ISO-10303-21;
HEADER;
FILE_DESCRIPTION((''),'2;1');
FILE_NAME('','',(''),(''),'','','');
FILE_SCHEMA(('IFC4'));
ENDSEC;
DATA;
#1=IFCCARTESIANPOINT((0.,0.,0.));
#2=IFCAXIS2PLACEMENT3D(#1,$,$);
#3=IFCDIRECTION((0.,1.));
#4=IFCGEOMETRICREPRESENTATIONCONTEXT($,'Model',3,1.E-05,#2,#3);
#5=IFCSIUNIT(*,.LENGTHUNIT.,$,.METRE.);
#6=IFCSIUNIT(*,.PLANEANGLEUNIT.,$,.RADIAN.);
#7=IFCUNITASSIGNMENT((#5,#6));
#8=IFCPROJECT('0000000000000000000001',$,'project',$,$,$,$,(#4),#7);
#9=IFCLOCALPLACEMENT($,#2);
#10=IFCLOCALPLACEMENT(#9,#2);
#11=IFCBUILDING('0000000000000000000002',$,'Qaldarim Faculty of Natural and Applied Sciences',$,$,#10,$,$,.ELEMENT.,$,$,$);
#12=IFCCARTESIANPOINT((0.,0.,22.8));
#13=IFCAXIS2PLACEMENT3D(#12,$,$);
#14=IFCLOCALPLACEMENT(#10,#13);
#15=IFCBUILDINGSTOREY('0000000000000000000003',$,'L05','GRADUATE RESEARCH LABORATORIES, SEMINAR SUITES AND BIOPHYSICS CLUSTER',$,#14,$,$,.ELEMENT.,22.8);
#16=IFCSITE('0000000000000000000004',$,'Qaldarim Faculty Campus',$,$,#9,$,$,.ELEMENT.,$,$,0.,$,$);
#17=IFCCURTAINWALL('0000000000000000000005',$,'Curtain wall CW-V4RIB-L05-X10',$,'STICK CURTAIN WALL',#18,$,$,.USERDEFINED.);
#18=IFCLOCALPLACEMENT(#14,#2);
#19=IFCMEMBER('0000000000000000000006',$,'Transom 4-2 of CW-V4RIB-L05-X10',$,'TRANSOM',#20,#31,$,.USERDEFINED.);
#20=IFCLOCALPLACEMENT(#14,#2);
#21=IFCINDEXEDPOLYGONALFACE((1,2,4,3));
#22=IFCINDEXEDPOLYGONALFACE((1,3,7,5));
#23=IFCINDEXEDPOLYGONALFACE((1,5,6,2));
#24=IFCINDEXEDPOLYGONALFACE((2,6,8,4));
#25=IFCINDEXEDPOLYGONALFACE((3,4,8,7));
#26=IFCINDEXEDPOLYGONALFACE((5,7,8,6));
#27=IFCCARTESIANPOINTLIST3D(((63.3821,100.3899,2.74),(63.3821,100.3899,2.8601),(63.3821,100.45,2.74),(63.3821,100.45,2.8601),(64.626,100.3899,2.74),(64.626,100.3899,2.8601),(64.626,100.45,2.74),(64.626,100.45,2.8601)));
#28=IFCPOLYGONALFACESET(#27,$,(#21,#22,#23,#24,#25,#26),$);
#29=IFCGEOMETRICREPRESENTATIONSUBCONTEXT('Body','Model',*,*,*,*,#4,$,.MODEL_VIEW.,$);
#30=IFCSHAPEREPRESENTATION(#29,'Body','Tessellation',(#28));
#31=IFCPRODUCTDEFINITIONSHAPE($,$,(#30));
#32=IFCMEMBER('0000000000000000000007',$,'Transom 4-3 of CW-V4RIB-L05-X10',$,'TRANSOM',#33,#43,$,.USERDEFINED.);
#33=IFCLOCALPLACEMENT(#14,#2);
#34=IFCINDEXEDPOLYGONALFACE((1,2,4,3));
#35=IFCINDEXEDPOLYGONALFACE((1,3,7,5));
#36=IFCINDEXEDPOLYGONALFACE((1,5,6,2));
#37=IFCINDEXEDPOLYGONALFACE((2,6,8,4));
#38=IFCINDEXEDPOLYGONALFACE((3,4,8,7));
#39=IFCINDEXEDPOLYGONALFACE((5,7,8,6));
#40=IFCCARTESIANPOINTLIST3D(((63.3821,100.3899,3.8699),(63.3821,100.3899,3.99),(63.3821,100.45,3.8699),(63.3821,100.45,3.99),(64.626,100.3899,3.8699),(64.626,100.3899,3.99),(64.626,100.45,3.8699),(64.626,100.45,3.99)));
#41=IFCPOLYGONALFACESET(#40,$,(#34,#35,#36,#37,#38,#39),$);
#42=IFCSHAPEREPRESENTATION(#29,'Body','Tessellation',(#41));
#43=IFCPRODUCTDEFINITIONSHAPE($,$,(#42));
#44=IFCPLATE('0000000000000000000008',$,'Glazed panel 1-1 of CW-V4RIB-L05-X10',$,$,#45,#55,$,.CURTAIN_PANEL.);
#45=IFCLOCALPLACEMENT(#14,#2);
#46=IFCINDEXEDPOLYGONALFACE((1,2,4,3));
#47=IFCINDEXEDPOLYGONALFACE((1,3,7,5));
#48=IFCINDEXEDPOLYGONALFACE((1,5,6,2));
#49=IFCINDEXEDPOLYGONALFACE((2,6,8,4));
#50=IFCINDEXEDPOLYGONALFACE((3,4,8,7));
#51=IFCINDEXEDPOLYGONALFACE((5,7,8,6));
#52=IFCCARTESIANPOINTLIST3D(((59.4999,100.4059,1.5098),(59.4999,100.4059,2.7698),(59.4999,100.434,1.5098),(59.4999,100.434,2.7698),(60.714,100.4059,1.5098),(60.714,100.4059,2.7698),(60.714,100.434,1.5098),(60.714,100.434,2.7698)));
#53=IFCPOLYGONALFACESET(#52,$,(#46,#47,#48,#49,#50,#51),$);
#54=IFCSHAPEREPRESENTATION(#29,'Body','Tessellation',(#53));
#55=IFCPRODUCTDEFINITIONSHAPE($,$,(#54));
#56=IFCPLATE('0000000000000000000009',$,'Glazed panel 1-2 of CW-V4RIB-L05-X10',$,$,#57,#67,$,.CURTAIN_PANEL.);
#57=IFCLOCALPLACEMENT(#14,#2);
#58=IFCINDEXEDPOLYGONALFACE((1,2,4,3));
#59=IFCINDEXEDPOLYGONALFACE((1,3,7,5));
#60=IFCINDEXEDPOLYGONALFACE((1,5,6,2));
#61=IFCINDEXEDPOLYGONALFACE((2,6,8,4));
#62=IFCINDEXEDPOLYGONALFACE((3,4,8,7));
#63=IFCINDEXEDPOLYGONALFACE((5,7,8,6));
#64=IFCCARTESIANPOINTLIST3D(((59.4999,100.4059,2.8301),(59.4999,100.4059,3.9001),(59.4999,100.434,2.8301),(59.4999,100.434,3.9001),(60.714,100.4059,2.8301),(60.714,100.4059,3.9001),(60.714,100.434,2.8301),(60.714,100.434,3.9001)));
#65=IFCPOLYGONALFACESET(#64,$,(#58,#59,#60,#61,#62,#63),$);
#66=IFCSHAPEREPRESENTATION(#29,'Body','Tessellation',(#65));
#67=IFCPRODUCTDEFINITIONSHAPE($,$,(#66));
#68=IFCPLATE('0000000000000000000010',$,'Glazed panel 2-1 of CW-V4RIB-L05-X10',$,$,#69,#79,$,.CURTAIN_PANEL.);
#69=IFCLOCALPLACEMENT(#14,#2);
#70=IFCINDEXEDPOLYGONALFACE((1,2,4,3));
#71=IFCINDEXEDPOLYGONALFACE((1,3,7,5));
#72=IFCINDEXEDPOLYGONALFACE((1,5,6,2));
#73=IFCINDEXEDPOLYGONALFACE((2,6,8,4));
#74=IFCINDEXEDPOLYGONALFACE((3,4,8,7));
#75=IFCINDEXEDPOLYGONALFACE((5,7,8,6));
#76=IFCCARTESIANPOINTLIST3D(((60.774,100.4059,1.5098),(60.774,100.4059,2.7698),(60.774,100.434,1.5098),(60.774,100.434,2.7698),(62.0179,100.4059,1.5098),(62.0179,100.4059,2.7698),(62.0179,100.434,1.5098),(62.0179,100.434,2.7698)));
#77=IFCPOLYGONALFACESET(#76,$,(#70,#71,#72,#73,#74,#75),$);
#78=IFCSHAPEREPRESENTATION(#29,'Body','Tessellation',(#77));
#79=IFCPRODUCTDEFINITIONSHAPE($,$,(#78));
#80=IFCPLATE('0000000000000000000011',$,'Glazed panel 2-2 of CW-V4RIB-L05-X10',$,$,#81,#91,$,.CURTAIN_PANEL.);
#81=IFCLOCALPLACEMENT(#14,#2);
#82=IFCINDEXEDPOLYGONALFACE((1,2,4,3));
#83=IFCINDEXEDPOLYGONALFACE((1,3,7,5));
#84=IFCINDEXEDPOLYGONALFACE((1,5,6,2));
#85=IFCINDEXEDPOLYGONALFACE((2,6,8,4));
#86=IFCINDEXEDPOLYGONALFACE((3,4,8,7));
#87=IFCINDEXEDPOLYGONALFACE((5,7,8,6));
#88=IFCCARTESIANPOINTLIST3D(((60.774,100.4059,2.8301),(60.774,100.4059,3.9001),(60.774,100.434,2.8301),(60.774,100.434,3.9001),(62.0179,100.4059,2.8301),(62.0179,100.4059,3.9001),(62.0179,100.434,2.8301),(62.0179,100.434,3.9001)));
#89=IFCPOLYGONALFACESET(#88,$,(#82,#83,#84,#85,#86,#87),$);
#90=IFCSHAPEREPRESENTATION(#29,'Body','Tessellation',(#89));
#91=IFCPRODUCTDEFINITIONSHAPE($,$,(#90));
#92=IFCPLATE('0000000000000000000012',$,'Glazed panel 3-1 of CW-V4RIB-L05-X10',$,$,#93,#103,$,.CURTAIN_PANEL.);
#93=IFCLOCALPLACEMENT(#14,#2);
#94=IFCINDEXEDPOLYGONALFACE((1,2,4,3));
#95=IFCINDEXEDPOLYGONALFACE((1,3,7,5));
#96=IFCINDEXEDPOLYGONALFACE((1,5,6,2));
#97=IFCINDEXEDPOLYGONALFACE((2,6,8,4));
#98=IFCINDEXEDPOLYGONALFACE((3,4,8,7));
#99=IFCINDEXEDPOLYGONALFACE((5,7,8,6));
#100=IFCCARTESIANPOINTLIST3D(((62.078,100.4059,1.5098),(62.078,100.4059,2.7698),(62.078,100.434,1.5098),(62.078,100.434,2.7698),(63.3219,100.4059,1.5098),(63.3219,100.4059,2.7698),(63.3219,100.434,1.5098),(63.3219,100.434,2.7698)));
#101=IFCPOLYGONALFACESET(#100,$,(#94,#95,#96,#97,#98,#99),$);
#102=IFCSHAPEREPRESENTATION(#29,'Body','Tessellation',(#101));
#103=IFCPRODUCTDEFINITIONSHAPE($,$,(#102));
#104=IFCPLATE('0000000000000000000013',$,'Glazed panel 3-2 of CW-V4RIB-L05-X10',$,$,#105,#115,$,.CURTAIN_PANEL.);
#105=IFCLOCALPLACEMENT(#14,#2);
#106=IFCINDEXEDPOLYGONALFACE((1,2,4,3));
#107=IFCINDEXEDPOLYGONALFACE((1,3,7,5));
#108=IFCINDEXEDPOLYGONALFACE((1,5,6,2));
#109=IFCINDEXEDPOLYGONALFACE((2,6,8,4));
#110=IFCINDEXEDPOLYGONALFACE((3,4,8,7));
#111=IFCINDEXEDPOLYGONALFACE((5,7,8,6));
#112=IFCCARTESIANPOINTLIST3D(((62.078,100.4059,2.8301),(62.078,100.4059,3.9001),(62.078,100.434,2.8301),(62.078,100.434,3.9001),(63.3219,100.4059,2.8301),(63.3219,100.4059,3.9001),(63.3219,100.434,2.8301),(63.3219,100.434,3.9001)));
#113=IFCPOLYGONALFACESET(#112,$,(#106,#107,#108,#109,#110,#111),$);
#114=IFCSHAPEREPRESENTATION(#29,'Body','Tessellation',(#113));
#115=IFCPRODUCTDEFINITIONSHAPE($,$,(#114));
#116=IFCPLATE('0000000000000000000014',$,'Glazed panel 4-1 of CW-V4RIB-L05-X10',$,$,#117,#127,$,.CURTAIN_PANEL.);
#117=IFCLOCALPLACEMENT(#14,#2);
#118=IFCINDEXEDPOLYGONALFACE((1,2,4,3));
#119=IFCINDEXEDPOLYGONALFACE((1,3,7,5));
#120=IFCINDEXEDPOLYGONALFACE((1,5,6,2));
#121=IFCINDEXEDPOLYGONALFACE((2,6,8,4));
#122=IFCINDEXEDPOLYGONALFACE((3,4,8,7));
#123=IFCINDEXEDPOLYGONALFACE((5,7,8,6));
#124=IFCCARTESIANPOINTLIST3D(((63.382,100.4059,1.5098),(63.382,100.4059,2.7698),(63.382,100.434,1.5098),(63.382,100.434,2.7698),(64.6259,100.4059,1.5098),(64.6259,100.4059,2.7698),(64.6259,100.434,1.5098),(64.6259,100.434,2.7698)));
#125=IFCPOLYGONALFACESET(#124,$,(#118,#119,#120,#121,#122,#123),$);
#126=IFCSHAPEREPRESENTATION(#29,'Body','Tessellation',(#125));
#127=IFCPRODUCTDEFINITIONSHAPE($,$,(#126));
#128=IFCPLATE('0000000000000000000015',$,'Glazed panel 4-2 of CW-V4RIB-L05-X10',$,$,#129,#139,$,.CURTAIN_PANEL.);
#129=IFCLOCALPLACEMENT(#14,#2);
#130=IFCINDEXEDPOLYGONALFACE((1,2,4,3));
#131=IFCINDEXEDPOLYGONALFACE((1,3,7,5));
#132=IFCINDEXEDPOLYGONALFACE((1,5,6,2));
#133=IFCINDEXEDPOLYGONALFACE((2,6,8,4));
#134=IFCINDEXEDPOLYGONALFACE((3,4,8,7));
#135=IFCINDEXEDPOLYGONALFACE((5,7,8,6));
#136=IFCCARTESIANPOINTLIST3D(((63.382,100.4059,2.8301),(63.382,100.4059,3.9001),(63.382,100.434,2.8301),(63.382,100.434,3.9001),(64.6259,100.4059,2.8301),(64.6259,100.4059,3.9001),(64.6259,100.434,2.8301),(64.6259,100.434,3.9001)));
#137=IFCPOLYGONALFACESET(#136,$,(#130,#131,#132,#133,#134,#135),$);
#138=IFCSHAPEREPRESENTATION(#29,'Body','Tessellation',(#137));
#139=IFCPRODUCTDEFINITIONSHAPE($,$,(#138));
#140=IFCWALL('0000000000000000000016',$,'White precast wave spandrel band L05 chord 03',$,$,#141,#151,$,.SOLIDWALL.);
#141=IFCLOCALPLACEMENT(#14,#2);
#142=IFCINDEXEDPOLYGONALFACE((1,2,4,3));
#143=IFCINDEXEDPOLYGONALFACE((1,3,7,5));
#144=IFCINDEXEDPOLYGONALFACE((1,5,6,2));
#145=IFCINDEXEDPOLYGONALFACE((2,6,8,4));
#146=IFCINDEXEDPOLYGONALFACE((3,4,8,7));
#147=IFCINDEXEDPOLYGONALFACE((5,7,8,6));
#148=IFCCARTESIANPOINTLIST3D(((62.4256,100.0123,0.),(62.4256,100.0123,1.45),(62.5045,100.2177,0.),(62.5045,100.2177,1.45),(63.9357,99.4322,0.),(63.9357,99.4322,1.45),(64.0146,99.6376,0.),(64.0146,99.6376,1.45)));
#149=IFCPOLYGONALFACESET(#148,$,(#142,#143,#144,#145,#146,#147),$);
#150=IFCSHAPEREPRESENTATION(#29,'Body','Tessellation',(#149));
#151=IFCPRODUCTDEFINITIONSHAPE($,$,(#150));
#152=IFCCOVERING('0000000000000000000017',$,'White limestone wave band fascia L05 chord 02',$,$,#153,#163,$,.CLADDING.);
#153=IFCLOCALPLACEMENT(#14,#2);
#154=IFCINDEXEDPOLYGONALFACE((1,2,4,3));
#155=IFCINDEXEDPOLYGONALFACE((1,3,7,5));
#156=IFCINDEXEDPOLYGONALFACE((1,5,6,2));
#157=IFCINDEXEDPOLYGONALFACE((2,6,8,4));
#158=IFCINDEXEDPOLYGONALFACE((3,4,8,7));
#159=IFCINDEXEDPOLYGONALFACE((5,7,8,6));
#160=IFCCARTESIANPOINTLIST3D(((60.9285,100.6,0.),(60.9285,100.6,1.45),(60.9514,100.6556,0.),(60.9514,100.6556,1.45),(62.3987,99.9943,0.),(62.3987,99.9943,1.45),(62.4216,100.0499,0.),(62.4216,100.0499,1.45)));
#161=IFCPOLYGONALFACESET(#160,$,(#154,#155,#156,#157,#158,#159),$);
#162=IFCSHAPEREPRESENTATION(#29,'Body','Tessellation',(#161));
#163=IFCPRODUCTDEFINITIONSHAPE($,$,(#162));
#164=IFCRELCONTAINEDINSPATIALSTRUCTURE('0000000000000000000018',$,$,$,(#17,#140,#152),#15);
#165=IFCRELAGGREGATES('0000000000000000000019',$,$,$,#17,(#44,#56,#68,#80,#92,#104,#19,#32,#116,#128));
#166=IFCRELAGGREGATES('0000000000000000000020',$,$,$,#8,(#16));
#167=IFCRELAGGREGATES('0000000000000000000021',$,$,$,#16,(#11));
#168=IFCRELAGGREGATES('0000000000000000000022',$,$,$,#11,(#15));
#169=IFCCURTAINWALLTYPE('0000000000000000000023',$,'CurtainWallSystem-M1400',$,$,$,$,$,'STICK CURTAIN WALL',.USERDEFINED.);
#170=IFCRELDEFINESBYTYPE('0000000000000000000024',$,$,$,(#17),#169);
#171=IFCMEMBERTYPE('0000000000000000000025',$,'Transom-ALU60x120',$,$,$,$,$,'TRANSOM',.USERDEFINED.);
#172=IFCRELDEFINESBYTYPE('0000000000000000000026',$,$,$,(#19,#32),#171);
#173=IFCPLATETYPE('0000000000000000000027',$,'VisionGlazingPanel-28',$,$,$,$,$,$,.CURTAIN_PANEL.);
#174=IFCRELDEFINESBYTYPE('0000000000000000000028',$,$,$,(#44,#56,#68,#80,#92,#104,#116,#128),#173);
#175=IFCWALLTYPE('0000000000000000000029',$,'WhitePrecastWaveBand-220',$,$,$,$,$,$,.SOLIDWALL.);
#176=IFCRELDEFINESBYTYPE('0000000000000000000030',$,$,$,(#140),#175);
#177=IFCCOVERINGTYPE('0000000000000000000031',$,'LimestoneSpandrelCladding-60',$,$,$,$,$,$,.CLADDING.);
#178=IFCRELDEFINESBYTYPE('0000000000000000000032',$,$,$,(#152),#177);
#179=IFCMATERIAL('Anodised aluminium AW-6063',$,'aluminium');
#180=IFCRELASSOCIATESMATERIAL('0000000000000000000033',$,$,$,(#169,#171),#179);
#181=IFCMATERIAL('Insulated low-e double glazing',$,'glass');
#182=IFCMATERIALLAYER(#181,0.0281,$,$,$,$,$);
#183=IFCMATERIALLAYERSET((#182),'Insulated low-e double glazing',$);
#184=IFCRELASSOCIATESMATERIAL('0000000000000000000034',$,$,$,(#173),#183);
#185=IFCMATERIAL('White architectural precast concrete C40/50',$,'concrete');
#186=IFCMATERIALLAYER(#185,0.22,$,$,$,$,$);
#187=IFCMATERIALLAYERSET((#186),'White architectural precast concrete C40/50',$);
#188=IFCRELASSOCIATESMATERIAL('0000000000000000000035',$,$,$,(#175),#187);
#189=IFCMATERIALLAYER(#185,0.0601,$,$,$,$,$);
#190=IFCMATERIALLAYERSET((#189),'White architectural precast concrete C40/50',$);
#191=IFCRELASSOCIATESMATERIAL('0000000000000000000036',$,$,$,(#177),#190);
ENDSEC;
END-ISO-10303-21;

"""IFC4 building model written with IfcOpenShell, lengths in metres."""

from ifc_helpers import new_model, si_unit, direction, frame, frame_2d, origin, origin_2d, place, context, subcontext, project, spatial, rectangle, extrude, material, layer, layer_set, material_profile, profile_set, type_object, element, aggregate, save


model = new_model("IFC4")

# Units and contexts
model_context = context("Model", 3, precision=1e-05, world=origin(), true_north=direction((0.0, 1.0)))
body_context = subcontext(model_context, "Body", "Model", "MODEL_VIEW")
ifc_project = project(units=[si_unit("LENGTHUNIT", "METRE"), si_unit("PLANEANGLEUNIT", "RADIAN")], contexts=[model_context])

# Site, building, storey
site_placement = place(None, origin())
site = spatial("IfcSite", under=ifc_project, at=site_placement, Name="Qaldarim Faculty Campus", CompositionType="ELEMENT", RefElevation=0.0)
building_placement = place(site_placement, origin())
building = spatial("IfcBuilding", under=site, at=building_placement, Name="Qaldarim Faculty of Natural and Applied Sciences", CompositionType="ELEMENT")
storey_placement = place(building_placement, frame((0.0, 0.0, 22.8)))
storey = spatial("IfcBuildingStorey", under=building, at=storey_placement, Name="L05", Description="GRADUATE RESEARCH LABORATORIES, SEMINAR SUITES AND BIOPHYSICS CLUSTER", CompositionType="ELEMENT", Elevation=22.8)

# Curtain wall, members, plates
ifc_material_1 = material(Name="Anodised aluminium AW-6063", Category="aluminium")
curtain_wall_type = type_object("IfcCurtainWallType", Name="CurtainWallSystem-M1400", ElementType="STICK CURTAIN WALL", PredefinedType="USERDEFINED", material=ifc_material_1)
curtain_wall_placement = place(storey_placement, origin())
curtain_wall = element("IfcCurtainWall", 1, at=curtain_wall_placement, inside=storey, type_object=curtain_wall_type, Name="Curtain wall CW-V4RIB-L05-X10", ObjectType="STICK CURTAIN WALL", PredefinedType="USERDEFINED")
ifc_material_profile_1 = material_profile(ifc_material_1, rectangle(XDim=0.0601, YDim=0.1201, at=origin_2d()), Name="ALU-T60x120")
ifc_profile_set_1 = profile_set([ifc_material_profile_1], Name="Anodised aluminium AW-6063")
member_type_1 = type_object("IfcMemberType", Name="Transom-ALU60x120", ElementType="TRANSOM", PredefinedType="USERDEFINED", material=ifc_profile_set_1)
member_1_placement = place(storey_placement, frame((63.3821, 100.4199, 2.8), z_axis=(1.0, 0.0, 0.0), x_axis=(0.0, 1.0, 0.0)))
member_1 = element("IfcMember", 2, at=member_1_placement, type_object=member_type_1, Name="Transom 4-2 of CW-V4RIB-L05-X10", ObjectType="TRANSOM", PredefinedType="USERDEFINED", context=body_context, shape_type="SweptSolid", body=[
    extrude(rectangle(XDim=0.0601, YDim=0.1201, at=origin_2d()), origin(), (0.0, 0.0, 1.0), 1.2439),
])
member_2_placement = place(storey_placement, frame((63.3821, 100.4199, 3.9299), z_axis=(1.0, 0.0, 0.0), x_axis=(0.0, 1.0, 0.0)))
member_2 = element("IfcMember", 3, at=member_2_placement, type_object=member_type_1, Name="Transom 4-3 of CW-V4RIB-L05-X10", ObjectType="TRANSOM", PredefinedType="USERDEFINED", context=body_context, shape_type="SweptSolid", body=[
    extrude(rectangle(XDim=0.0601, YDim=0.1201, at=origin_2d()), origin(), (0.0, 0.0, 1.0), 1.2439),
])
ifc_material_2 = material(Name="Insulated low-e double glazing", Category="glass")
ifc_layer_1 = layer(ifc_material_2, 0.0281)
ifc_layer_set_1 = layer_set([ifc_layer_1], Name="Insulated low-e double glazing")
plate_type = type_object("IfcPlateType", Name="VisionGlazingPanel-28", PredefinedType="CURTAIN_PANEL", material=ifc_layer_set_1)
plate_1_placement = place(storey_placement, frame((60.1069, 100.4199, 1.5098), z_axis=(0.0, 0.0, 1.0), x_axis=(1.0, 0.0, 0.0)))
plate_1 = element("IfcPlate", 4, at=plate_1_placement, type_object=plate_type, Name="Glazed panel 1-1 of CW-V4RIB-L05-X10", PredefinedType="CURTAIN_PANEL", context=body_context, shape_type="SweptSolid", body=[
    extrude(rectangle(XDim=1.2141, YDim=0.0281, at=origin_2d()), origin(), (0.0, 0.0, 1.0), 1.26),
])
plate_2_placement = place(storey_placement, frame((60.1069, 100.4199, 2.8301), z_axis=(0.0, 0.0, 1.0), x_axis=(1.0, 0.0, 0.0)))
plate_2 = element("IfcPlate", 5, at=plate_2_placement, type_object=plate_type, Name="Glazed panel 1-2 of CW-V4RIB-L05-X10", PredefinedType="CURTAIN_PANEL", context=body_context, shape_type="SweptSolid", body=[
    extrude(rectangle(XDim=1.2141, YDim=0.0281, at=origin_2d()), origin(), (0.0, 0.0, 1.0), 1.0701),
])
plate_3_placement = place(storey_placement, frame((61.396, 100.4199, 1.5098), z_axis=(0.0, 0.0, 1.0), x_axis=(1.0, 0.0, 0.0)))
plate_3 = element("IfcPlate", 6, at=plate_3_placement, type_object=plate_type, Name="Glazed panel 2-1 of CW-V4RIB-L05-X10", PredefinedType="CURTAIN_PANEL", context=body_context, shape_type="SweptSolid", body=[
    extrude(rectangle(XDim=1.2439, YDim=0.0281, at=origin_2d()), origin(), (0.0, 0.0, 1.0), 1.26),
])
plate_4_placement = place(storey_placement, frame((61.396, 100.4199, 2.8301), z_axis=(0.0, 0.0, 1.0), x_axis=(1.0, 0.0, 0.0)))
plate_4 = element("IfcPlate", 7, at=plate_4_placement, type_object=plate_type, Name="Glazed panel 2-2 of CW-V4RIB-L05-X10", PredefinedType="CURTAIN_PANEL", context=body_context, shape_type="SweptSolid", body=[
    extrude(rectangle(XDim=1.2439, YDim=0.0281, at=origin_2d()), origin(), (0.0, 0.0, 1.0), 1.0701),
])
plate_5_placement = place(storey_placement, frame((62.7, 100.4199, 1.5098), z_axis=(0.0, 0.0, 1.0), x_axis=(1.0, 0.0, 0.0)))
plate_5 = element("IfcPlate", 8, at=plate_5_placement, type_object=plate_type, Name="Glazed panel 3-1 of CW-V4RIB-L05-X10", PredefinedType="CURTAIN_PANEL", context=body_context, shape_type="SweptSolid", body=[
    extrude(rectangle(XDim=1.2439, YDim=0.0281, at=origin_2d()), origin(), (0.0, 0.0, 1.0), 1.26),
])
plate_6_placement = place(storey_placement, frame((62.7, 100.4199, 2.8301), z_axis=(0.0, 0.0, 1.0), x_axis=(1.0, 0.0, 0.0)))
plate_6 = element("IfcPlate", 9, at=plate_6_placement, type_object=plate_type, Name="Glazed panel 3-2 of CW-V4RIB-L05-X10", PredefinedType="CURTAIN_PANEL", context=body_context, shape_type="SweptSolid", body=[
    extrude(rectangle(XDim=1.2439, YDim=0.0281, at=origin_2d()), origin(), (0.0, 0.0, 1.0), 1.0701),
])
plate_7_placement = place(storey_placement, frame((64.0039, 100.4199, 1.5098), z_axis=(0.0, 0.0, 1.0), x_axis=(1.0, 0.0, 0.0)))
plate_7 = element("IfcPlate", 10, at=plate_7_placement, type_object=plate_type, Name="Glazed panel 4-1 of CW-V4RIB-L05-X10", PredefinedType="CURTAIN_PANEL", context=body_context, shape_type="SweptSolid", body=[
    extrude(rectangle(XDim=1.2439, YDim=0.0281, at=origin_2d()), origin(), (0.0, 0.0, 1.0), 1.26),
])
plate_8_placement = place(storey_placement, frame((64.0039, 100.4199, 2.8301), z_axis=(0.0, 0.0, 1.0), x_axis=(1.0, 0.0, 0.0)))
plate_8 = element("IfcPlate", 11, at=plate_8_placement, type_object=plate_type, Name="Glazed panel 4-2 of CW-V4RIB-L05-X10", PredefinedType="CURTAIN_PANEL", context=body_context, shape_type="SweptSolid", body=[
    extrude(rectangle(XDim=1.2439, YDim=0.0281, at=origin_2d()), origin(), (0.0, 0.0, 1.0), 1.0701),
])
aggregate(curtain_wall, [plate_1, plate_2, plate_3, plate_4, plate_5, plate_6, member_1, member_2, plate_7, plate_8])

# Wall
ifc_material_3 = material(Name="White architectural precast concrete C40/50", Category="concrete")
ifc_layer_2 = layer(ifc_material_3, 0.22)
ifc_layer_set_2 = layer_set([ifc_layer_2], Name="White architectural precast concrete C40/50")
wall_type = type_object("IfcWallType", Name="WhitePrecastWaveBand-220", PredefinedType="SOLIDWALL", material=ifc_layer_set_2)
wall_placement = place(storey_placement, frame((62.4651, 100.115, 0.0), z_axis=(0.0, 0.0, 1.0), x_axis=(0.933489, -0.358605, 0.0)))
element("IfcWall", 12, at=wall_placement, inside=storey, type_object=wall_type, Name="White precast wave spandrel band L05 chord 03", PredefinedType="SOLIDWALL", context=body_context, shape_type="SweptSolid", body=[
    extrude(rectangle(XDim=1.6177, YDim=0.22, at=frame_2d((0.8088, 0.0))), origin(), (0.0, 0.0, 1.0), 1.45),
])

# Covering
ifc_layer_3 = layer(ifc_material_3, 0.0601)
ifc_layer_set_3 = layer_set([ifc_layer_3], Name="White architectural precast concrete C40/50")
covering_type = type_object("IfcCoveringType", Name="LimestoneSpandrelCladding-60", PredefinedType="CLADDING", material=ifc_layer_set_3)
covering_placement = place(storey_placement, frame((61.675, 100.325, 0.0), z_axis=(0.0, 0.0, 1.0), x_axis=(0.924613, -0.380909, 0.0)))
element("IfcCovering", 13, at=covering_placement, inside=storey, type_object=covering_type, Name="White limestone wave band fascia L05 chord 02", PredefinedType="CLADDING", context=body_context, shape_type="SweptSolid", body=[
    extrude(rectangle(XDim=1.5901, YDim=0.0601, at=origin_2d()), origin(), (0.0, 0.0, 1.0), 1.45),
])

save(model, "model.ifc")
